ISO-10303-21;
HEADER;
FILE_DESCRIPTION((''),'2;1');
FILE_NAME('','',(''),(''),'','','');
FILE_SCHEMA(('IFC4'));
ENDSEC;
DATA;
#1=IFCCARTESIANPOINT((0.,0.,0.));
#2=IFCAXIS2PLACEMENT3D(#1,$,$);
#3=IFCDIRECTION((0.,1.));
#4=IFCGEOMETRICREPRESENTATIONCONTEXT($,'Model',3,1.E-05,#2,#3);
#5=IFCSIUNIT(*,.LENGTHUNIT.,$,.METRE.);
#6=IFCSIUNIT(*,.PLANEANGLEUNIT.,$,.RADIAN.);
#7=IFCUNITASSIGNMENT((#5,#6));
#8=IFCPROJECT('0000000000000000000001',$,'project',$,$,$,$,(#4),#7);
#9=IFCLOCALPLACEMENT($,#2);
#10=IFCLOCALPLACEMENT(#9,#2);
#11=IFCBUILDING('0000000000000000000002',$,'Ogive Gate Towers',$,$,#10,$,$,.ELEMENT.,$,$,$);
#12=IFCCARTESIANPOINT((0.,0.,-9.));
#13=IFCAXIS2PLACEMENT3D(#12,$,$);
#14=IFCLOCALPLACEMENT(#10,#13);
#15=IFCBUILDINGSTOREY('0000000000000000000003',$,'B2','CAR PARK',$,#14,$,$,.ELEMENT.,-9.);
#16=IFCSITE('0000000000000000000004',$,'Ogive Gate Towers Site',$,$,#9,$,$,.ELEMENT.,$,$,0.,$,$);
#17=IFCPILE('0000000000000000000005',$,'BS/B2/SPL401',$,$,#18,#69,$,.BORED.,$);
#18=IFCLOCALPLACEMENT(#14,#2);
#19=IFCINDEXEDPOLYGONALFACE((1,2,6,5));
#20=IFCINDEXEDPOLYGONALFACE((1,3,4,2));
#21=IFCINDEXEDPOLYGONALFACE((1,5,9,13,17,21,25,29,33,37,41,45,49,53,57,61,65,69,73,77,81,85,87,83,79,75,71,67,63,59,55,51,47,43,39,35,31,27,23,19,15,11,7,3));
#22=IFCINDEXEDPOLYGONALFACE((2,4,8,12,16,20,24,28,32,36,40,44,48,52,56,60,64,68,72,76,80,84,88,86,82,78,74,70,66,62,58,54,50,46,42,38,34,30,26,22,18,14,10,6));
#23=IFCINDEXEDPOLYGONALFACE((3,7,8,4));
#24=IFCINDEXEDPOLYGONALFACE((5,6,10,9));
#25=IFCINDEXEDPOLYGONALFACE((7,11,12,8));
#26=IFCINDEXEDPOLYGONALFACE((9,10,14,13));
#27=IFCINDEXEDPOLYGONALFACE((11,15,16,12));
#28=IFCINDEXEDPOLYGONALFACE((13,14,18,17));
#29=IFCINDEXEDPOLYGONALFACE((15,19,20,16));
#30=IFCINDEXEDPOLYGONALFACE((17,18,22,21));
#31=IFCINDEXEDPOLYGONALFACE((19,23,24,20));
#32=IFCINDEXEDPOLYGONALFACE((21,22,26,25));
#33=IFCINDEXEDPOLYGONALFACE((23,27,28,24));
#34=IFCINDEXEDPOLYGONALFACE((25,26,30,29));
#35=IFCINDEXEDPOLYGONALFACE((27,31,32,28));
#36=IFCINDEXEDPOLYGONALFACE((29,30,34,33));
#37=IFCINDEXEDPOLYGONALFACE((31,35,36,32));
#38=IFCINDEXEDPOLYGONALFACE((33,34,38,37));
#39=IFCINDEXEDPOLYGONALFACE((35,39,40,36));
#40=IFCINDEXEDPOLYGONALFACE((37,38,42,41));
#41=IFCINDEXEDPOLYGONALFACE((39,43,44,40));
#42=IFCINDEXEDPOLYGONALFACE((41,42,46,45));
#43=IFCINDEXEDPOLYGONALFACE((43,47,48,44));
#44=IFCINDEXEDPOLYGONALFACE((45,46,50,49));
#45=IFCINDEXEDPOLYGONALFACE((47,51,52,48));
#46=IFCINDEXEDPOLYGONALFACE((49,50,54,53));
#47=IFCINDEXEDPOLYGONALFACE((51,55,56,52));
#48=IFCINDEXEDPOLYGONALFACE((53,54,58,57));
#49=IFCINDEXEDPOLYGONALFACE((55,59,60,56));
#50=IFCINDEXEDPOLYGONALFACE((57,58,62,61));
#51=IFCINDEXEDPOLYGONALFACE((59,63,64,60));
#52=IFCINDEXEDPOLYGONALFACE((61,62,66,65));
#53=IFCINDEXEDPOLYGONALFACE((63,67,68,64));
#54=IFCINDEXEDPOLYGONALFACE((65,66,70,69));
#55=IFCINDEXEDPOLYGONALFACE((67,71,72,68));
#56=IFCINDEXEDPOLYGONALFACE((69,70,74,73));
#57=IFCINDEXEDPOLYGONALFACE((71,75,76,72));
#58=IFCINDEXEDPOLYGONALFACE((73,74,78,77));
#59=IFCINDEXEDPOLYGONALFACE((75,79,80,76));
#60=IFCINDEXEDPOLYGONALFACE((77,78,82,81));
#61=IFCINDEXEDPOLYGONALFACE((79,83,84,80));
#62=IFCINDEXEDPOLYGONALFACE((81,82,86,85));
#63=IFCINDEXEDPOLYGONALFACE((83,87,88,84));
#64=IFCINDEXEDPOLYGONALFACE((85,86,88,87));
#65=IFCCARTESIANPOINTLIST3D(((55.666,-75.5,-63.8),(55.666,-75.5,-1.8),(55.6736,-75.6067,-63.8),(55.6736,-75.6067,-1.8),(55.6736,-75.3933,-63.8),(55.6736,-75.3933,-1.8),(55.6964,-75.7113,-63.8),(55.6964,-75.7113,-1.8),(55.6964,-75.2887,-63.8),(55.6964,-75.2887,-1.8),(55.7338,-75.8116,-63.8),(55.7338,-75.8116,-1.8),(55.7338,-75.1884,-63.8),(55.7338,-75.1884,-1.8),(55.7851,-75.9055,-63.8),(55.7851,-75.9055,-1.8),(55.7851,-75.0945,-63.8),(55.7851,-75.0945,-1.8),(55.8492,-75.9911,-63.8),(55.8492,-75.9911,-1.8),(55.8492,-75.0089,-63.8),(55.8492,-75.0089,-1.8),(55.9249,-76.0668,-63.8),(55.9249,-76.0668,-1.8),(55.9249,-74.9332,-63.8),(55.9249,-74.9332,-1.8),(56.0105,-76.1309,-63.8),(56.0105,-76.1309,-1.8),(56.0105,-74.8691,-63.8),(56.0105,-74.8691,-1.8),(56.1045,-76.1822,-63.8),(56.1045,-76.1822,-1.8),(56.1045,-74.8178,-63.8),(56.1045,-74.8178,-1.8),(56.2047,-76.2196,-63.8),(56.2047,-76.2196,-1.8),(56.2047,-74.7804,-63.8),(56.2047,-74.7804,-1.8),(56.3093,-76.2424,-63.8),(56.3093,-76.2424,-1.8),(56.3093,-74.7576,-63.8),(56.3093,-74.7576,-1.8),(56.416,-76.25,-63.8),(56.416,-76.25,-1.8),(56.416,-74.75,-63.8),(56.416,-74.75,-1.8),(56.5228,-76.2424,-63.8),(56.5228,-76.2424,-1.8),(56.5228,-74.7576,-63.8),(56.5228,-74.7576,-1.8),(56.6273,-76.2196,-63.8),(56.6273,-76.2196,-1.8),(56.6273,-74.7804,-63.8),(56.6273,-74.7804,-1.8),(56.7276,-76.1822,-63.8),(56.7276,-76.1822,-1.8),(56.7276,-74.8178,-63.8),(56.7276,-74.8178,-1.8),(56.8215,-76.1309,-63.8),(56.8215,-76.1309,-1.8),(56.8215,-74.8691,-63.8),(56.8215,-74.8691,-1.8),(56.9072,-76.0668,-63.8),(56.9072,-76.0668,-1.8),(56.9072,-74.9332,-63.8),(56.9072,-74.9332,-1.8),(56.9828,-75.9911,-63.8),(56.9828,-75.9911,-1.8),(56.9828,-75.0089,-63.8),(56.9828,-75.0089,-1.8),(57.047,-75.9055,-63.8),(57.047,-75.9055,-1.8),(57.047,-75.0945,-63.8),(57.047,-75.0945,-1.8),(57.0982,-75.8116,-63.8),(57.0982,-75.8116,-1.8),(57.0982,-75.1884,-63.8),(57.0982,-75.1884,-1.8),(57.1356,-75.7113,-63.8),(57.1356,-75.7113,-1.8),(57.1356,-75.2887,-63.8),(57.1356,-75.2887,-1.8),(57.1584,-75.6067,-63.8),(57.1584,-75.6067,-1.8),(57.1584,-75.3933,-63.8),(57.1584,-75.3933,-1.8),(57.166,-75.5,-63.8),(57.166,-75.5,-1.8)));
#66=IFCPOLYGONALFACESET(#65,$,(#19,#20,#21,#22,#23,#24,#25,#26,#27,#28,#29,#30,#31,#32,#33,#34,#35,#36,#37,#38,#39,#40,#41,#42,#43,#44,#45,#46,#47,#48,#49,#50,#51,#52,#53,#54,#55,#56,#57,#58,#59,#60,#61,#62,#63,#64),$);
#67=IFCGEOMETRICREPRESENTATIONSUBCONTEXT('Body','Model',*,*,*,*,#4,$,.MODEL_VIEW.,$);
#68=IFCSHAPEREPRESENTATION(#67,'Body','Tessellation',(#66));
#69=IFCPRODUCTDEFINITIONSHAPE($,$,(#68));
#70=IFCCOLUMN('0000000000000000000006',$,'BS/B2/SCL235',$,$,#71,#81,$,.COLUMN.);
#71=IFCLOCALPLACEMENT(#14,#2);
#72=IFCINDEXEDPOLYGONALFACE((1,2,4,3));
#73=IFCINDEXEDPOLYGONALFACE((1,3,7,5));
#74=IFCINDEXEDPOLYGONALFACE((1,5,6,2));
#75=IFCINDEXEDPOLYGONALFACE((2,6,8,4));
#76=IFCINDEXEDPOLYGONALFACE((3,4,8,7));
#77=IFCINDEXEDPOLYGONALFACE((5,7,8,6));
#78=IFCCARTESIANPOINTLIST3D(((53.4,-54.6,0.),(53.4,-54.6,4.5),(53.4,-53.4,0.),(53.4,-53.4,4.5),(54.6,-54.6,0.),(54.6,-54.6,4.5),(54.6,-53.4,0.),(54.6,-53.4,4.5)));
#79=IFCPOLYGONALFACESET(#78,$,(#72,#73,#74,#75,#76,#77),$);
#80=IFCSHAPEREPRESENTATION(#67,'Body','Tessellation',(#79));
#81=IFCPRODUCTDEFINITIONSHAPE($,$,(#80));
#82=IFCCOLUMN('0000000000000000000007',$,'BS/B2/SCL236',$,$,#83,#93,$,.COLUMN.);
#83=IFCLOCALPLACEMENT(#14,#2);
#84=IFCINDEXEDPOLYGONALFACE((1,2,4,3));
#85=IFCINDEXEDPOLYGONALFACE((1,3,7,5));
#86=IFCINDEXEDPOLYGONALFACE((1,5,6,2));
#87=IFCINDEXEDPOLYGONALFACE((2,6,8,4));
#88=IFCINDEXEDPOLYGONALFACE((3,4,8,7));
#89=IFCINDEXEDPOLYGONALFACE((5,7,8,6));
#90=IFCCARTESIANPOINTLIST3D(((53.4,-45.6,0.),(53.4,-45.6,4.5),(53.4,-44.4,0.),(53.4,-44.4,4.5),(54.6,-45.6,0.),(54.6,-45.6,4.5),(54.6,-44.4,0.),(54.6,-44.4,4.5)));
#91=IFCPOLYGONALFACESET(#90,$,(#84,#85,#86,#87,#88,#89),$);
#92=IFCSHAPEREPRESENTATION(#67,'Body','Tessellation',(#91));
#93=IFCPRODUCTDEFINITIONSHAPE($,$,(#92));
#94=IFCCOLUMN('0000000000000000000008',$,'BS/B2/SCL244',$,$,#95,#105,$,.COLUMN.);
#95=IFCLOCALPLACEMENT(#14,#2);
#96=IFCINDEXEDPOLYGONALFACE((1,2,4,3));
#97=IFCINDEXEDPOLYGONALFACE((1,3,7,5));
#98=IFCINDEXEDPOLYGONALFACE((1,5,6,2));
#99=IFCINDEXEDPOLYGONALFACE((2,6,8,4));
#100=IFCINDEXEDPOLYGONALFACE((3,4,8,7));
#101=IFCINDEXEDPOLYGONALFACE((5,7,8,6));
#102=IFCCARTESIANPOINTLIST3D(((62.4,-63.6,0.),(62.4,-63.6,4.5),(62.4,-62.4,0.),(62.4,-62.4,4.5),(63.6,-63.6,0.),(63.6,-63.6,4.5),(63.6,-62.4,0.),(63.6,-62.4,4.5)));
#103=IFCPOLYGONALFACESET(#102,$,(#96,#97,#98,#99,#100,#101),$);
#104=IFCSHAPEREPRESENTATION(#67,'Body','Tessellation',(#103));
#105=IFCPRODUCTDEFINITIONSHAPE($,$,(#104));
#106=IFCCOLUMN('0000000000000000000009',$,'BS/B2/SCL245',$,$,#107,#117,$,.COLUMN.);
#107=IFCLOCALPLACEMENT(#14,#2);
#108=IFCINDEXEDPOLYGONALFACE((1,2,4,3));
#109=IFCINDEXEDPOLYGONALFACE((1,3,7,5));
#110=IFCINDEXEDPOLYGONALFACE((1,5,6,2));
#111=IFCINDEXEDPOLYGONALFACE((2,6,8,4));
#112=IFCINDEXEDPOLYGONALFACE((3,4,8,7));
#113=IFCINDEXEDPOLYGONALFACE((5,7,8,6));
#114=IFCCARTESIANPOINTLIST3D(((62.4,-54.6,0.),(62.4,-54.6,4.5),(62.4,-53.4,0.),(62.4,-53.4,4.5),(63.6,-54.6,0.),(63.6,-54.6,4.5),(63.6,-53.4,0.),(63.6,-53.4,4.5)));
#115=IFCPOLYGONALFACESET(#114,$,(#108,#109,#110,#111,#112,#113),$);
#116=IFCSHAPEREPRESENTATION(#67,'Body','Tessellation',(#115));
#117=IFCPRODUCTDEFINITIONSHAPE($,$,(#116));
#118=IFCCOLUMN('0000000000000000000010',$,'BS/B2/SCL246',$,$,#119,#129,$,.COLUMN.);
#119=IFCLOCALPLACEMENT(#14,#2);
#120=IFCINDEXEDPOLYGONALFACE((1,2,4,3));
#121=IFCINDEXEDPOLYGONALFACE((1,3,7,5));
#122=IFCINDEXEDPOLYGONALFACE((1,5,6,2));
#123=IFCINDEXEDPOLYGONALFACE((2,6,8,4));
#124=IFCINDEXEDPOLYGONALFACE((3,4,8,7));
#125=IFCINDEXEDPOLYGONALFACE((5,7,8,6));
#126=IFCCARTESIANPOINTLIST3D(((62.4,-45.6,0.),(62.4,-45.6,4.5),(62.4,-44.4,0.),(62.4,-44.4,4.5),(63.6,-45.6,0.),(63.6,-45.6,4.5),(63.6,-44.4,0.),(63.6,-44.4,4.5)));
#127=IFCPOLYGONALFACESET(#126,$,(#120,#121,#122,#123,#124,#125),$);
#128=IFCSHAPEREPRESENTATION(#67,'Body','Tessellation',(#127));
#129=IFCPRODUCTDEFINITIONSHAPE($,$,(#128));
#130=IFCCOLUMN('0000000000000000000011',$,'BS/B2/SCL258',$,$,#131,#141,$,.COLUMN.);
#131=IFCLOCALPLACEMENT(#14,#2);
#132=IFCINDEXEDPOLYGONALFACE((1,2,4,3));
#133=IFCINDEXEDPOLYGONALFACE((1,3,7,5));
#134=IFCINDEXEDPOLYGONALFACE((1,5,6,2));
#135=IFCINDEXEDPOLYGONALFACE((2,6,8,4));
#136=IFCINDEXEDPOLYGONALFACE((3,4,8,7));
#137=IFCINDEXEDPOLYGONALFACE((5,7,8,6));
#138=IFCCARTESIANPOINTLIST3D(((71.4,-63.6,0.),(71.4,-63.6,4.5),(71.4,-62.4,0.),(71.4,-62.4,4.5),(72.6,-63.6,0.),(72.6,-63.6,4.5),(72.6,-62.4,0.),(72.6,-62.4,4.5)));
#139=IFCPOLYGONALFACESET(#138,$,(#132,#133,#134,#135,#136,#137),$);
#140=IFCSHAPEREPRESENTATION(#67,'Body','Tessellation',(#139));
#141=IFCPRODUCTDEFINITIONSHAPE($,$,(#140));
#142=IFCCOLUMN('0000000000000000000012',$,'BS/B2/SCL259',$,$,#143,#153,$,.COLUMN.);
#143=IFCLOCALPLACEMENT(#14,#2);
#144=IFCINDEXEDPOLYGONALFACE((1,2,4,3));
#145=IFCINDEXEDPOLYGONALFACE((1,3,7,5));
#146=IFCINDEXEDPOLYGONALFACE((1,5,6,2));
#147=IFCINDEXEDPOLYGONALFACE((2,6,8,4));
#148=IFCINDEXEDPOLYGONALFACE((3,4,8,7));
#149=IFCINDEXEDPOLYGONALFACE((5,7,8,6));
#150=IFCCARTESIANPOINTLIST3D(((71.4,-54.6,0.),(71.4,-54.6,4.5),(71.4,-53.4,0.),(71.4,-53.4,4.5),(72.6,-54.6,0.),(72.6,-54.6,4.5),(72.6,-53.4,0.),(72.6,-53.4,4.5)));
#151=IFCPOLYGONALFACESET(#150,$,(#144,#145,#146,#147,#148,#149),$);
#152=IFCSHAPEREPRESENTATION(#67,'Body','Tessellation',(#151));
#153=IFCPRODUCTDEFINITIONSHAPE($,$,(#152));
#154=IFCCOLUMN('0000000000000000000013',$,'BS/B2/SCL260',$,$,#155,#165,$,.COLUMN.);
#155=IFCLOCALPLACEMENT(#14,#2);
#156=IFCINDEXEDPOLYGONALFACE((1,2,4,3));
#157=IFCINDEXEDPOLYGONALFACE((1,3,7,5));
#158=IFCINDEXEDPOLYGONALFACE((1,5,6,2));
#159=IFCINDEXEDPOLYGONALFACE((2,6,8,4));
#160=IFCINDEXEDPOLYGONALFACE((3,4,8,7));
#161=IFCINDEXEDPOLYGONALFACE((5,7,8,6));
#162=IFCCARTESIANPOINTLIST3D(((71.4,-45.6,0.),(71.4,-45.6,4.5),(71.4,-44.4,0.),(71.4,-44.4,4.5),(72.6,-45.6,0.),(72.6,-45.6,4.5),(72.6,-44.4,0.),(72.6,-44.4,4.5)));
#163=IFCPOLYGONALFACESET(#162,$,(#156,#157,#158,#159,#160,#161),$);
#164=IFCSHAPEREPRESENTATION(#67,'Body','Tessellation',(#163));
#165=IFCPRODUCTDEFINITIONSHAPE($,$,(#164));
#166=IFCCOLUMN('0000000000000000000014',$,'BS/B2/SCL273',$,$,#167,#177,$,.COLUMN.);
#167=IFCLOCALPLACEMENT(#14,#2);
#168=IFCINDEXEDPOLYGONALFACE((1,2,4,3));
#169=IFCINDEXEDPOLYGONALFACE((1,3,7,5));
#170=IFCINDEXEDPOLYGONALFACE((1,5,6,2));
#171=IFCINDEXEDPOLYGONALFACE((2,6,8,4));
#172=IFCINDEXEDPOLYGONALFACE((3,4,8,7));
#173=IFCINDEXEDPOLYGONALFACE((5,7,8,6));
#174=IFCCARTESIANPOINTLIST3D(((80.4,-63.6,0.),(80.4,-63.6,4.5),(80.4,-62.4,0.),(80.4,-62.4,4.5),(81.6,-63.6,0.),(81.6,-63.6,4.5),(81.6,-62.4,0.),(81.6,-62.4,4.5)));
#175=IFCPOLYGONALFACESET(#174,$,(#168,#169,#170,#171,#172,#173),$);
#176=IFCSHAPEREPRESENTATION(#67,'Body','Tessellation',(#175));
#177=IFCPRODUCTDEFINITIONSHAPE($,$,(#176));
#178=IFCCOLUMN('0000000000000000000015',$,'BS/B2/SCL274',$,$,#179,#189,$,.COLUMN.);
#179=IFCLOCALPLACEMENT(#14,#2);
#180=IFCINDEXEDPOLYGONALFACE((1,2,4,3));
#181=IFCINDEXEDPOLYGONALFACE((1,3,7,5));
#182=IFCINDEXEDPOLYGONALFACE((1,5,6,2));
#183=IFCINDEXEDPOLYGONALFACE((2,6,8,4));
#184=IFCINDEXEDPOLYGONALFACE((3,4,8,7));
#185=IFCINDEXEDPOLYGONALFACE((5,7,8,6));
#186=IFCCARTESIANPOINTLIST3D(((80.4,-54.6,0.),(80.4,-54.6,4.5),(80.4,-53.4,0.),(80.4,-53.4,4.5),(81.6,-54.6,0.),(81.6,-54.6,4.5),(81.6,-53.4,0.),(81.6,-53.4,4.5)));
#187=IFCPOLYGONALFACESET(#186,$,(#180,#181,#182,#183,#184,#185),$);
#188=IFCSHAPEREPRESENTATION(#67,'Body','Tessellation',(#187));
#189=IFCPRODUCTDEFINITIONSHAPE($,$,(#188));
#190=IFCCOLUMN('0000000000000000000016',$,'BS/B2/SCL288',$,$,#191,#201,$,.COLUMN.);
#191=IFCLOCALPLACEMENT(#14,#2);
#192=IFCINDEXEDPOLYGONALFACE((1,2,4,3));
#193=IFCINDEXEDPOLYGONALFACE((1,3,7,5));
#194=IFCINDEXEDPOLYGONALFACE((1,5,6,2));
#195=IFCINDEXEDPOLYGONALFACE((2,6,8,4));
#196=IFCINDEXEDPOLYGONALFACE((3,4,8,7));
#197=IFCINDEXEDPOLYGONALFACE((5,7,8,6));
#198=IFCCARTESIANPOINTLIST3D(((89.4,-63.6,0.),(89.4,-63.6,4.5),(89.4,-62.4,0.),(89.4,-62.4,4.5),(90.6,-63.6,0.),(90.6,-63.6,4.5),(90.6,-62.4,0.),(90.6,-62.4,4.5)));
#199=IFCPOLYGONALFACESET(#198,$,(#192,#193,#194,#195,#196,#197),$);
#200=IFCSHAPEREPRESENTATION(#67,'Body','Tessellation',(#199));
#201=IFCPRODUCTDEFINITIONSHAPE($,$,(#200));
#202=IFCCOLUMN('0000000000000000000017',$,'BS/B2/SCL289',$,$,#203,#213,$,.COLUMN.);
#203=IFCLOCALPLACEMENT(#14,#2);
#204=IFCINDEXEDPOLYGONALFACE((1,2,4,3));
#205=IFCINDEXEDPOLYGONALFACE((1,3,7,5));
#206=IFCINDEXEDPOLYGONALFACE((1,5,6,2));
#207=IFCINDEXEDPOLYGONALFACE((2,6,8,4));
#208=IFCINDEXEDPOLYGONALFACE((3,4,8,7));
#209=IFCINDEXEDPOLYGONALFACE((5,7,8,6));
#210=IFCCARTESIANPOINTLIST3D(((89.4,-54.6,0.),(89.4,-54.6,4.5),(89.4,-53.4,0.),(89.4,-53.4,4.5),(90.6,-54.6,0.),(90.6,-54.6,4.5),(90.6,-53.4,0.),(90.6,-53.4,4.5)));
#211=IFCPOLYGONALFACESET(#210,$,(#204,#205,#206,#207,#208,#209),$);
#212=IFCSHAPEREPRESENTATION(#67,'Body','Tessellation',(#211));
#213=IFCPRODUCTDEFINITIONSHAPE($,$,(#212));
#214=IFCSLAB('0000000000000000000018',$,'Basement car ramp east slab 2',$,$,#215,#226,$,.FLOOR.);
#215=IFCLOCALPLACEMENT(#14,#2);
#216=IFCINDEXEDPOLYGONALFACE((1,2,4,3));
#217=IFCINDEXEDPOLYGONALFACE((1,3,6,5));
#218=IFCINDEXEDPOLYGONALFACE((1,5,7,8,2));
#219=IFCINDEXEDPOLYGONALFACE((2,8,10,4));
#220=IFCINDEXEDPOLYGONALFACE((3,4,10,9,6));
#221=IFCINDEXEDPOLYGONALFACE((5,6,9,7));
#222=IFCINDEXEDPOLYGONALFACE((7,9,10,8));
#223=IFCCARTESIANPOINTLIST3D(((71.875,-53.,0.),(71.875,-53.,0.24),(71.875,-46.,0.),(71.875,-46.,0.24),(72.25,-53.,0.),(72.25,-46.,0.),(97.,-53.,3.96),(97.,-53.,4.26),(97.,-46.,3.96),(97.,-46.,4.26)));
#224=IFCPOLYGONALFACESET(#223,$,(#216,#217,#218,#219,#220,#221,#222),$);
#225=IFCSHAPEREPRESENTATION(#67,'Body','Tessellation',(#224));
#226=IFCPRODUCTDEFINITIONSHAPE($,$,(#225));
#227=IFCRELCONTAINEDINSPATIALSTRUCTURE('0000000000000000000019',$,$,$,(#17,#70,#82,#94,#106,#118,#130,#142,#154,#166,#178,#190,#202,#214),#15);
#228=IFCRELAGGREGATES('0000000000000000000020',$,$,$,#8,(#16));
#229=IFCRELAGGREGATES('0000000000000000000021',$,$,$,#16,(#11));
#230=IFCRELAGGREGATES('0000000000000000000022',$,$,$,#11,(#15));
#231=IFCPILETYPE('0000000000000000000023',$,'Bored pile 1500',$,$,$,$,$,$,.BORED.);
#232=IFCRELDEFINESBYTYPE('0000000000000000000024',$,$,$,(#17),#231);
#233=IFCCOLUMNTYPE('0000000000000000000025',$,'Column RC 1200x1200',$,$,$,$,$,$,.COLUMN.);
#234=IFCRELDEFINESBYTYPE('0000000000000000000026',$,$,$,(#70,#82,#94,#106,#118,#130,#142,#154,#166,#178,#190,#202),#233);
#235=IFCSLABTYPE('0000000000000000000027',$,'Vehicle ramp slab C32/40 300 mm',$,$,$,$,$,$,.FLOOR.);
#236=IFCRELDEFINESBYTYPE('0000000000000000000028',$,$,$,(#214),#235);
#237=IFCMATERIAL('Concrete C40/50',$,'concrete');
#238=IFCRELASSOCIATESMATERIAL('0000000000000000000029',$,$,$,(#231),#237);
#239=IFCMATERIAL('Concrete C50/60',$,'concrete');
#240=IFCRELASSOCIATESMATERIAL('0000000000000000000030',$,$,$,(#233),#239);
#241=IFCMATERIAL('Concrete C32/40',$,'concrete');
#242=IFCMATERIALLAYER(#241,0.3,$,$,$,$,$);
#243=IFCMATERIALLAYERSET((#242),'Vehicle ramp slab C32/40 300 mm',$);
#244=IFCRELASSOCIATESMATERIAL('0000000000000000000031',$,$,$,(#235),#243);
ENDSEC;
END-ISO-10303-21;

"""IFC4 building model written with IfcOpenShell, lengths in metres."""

from ifc_helpers import new_model, si_unit, direction, frame, origin, origin_2d, place, context, subcontext, project, spatial, polyline, rectangle, circle, outline, extrude, material, layer, layer_set, material_profile, profile_set, type_object, element, save


model = new_model("IFC4")

# Units and contexts
model_context = context("Model", 3, precision=1e-05, world=origin(), true_north=direction((0.0, 1.0)))
body_context = subcontext(model_context, "Body", "Model", "MODEL_VIEW")
ifc_project = project(units=[si_unit("LENGTHUNIT", "METRE"), si_unit("PLANEANGLEUNIT", "RADIAN")], contexts=[model_context])

# Site, building, storey
site_placement = place(None, origin())
site = spatial("IfcSite", under=ifc_project, at=site_placement, Name="Ogive Gate Towers Site", CompositionType="ELEMENT", RefElevation=0.0)
building_placement = place(site_placement, origin())
building = spatial("IfcBuilding", under=site, at=building_placement, Name="Ogive Gate Towers", CompositionType="ELEMENT")
storey_placement = place(building_placement, frame((0.0, 0.0, -9.0)))
storey = spatial("IfcBuildingStorey", under=building, at=storey_placement, Name="B2", Description="CAR PARK", CompositionType="ELEMENT", Elevation=-9.0)

# Pile
ifc_material_1 = material(Name="Concrete C40/50", Category="concrete")
ifc_material_profile_1 = material_profile(ifc_material_1, circle(Radius=0.75, at=origin_2d()), Name="BP 1500")
ifc_profile_set_1 = profile_set([ifc_material_profile_1], Name="Concrete C40/50")
pile_type = type_object("IfcPileType", Name="Bored pile 1500", PredefinedType="BORED", material=ifc_profile_set_1)
for number, where, z_axis, x_axis, name in (
    (1, (56.416, -75.5, -1.8), (0.0, 0.0, -1.0), (1.0, 0.0, 0.0), "BS/B2/SPL401"),
):
    element("IfcPile", number, at=place(storey_placement, frame(where, z_axis=z_axis, x_axis=x_axis)), inside=storey, type_object=pile_type, Name=name, PredefinedType="BORED", context=body_context, shape_type="SweptSolid", body=[
        extrude(circle(Radius=0.75, at=origin_2d()), origin(), (0.0, 0.0, 1.0), 62.0),
    ])

# Columns
ifc_material_2 = material(Name="Concrete C50/60", Category="concrete")
ifc_material_profile_2 = material_profile(ifc_material_2, rectangle(XDim=1.2, YDim=1.2, at=origin_2d()), Name="RC 1200x1200")
ifc_profile_set_2 = profile_set([ifc_material_profile_2], Name="Concrete C50/60")
column_type = type_object("IfcColumnType", Name="Column RC 1200x1200", PredefinedType="COLUMN", material=ifc_profile_set_2)
for number, where, z_axis, x_axis, name in (
    (2, (54.0, -54.0, 0.0), (0.0, 0.0, 1.0), (1.0, 0.0, 0.0), "BS/B2/SCL235"),
    (3, (54.0, -45.0, 0.0), (0.0, 0.0, 1.0), (1.0, 0.0, 0.0), "BS/B2/SCL236"),
    (4, (63.0, -63.0, 0.0), (0.0, 0.0, 1.0), (1.0, 0.0, 0.0), "BS/B2/SCL244"),
    (5, (63.0, -54.0, 0.0), (0.0, 0.0, 1.0), (1.0, 0.0, 0.0), "BS/B2/SCL245"),
    (6, (63.0, -45.0, 0.0), (0.0, 0.0, 1.0), (1.0, 0.0, 0.0), "BS/B2/SCL246"),
    (7, (72.0, -63.0, 0.0), (0.0, 0.0, 1.0), (1.0, 0.0, 0.0), "BS/B2/SCL258"),
    (8, (72.0, -54.0, 0.0), (0.0, 0.0, 1.0), (1.0, 0.0, 0.0), "BS/B2/SCL259"),
    (9, (72.0, -45.0, 0.0), (0.0, 0.0, 1.0), (1.0, 0.0, 0.0), "BS/B2/SCL260"),
    (10, (81.0, -63.0, 0.0), (0.0, 0.0, 1.0), (1.0, 0.0, 0.0), "BS/B2/SCL273"),
    (11, (81.0, -54.0, 0.0), (0.0, 0.0, 1.0), (1.0, 0.0, 0.0), "BS/B2/SCL274"),
    (12, (90.0, -63.0, 0.0), (0.0, 0.0, 1.0), (1.0, 0.0, 0.0), "BS/B2/SCL288"),
    (13, (90.0, -54.0, 0.0), (0.0, 0.0, 1.0), (1.0, 0.0, 0.0), "BS/B2/SCL289"),
):
    element("IfcColumn", number, at=place(storey_placement, frame(where, z_axis=z_axis, x_axis=x_axis)), inside=storey, type_object=column_type, Name=name, PredefinedType="COLUMN", context=body_context, shape_type="SweptSolid", body=[
        extrude(rectangle(XDim=1.2, YDim=1.2, at=origin_2d()), origin(), (0.0, 0.0, 1.0), 4.5),
    ])

# Slab
ifc_material_3 = material(Name="Concrete C32/40", Category="concrete")
ifc_layer_1 = layer(ifc_material_3, 0.3)
ifc_layer_set_1 = layer_set([ifc_layer_1], Name="Vehicle ramp slab C32/40 300 mm")
slab_type_1 = type_object("IfcSlabType", Name="Vehicle ramp slab C32/40 300 mm", PredefinedType="FLOOR", material=ifc_layer_set_1)
slab_1_placement = place(storey_placement, frame((71.875, -49.5, 0.0), z_axis=(0.0, 0.0, 1.0), x_axis=(1.0, 0.0, 0.0)))
element("IfcSlab", 14, at=slab_1_placement, inside=storey, type_object=slab_type_1, Name="Basement car ramp east slab 2", PredefinedType="FLOOR", context=body_context, shape_type="SweptSolid", body=[
    extrude(outline(polyline([(0.0, 0.0), (0.375, 0.0), (25.125, 3.96), (25.125, 4.26), (0.0, 0.24), (0.0, 0.0)])), frame((0.0, 3.5, 0.0), z_axis=(0.0, -1.0, 0.0), x_axis=(1.0, 0.0, 0.0)), (0.0, 0.0, 1.0), 7.0),
])

save(model, "model.ifc")
